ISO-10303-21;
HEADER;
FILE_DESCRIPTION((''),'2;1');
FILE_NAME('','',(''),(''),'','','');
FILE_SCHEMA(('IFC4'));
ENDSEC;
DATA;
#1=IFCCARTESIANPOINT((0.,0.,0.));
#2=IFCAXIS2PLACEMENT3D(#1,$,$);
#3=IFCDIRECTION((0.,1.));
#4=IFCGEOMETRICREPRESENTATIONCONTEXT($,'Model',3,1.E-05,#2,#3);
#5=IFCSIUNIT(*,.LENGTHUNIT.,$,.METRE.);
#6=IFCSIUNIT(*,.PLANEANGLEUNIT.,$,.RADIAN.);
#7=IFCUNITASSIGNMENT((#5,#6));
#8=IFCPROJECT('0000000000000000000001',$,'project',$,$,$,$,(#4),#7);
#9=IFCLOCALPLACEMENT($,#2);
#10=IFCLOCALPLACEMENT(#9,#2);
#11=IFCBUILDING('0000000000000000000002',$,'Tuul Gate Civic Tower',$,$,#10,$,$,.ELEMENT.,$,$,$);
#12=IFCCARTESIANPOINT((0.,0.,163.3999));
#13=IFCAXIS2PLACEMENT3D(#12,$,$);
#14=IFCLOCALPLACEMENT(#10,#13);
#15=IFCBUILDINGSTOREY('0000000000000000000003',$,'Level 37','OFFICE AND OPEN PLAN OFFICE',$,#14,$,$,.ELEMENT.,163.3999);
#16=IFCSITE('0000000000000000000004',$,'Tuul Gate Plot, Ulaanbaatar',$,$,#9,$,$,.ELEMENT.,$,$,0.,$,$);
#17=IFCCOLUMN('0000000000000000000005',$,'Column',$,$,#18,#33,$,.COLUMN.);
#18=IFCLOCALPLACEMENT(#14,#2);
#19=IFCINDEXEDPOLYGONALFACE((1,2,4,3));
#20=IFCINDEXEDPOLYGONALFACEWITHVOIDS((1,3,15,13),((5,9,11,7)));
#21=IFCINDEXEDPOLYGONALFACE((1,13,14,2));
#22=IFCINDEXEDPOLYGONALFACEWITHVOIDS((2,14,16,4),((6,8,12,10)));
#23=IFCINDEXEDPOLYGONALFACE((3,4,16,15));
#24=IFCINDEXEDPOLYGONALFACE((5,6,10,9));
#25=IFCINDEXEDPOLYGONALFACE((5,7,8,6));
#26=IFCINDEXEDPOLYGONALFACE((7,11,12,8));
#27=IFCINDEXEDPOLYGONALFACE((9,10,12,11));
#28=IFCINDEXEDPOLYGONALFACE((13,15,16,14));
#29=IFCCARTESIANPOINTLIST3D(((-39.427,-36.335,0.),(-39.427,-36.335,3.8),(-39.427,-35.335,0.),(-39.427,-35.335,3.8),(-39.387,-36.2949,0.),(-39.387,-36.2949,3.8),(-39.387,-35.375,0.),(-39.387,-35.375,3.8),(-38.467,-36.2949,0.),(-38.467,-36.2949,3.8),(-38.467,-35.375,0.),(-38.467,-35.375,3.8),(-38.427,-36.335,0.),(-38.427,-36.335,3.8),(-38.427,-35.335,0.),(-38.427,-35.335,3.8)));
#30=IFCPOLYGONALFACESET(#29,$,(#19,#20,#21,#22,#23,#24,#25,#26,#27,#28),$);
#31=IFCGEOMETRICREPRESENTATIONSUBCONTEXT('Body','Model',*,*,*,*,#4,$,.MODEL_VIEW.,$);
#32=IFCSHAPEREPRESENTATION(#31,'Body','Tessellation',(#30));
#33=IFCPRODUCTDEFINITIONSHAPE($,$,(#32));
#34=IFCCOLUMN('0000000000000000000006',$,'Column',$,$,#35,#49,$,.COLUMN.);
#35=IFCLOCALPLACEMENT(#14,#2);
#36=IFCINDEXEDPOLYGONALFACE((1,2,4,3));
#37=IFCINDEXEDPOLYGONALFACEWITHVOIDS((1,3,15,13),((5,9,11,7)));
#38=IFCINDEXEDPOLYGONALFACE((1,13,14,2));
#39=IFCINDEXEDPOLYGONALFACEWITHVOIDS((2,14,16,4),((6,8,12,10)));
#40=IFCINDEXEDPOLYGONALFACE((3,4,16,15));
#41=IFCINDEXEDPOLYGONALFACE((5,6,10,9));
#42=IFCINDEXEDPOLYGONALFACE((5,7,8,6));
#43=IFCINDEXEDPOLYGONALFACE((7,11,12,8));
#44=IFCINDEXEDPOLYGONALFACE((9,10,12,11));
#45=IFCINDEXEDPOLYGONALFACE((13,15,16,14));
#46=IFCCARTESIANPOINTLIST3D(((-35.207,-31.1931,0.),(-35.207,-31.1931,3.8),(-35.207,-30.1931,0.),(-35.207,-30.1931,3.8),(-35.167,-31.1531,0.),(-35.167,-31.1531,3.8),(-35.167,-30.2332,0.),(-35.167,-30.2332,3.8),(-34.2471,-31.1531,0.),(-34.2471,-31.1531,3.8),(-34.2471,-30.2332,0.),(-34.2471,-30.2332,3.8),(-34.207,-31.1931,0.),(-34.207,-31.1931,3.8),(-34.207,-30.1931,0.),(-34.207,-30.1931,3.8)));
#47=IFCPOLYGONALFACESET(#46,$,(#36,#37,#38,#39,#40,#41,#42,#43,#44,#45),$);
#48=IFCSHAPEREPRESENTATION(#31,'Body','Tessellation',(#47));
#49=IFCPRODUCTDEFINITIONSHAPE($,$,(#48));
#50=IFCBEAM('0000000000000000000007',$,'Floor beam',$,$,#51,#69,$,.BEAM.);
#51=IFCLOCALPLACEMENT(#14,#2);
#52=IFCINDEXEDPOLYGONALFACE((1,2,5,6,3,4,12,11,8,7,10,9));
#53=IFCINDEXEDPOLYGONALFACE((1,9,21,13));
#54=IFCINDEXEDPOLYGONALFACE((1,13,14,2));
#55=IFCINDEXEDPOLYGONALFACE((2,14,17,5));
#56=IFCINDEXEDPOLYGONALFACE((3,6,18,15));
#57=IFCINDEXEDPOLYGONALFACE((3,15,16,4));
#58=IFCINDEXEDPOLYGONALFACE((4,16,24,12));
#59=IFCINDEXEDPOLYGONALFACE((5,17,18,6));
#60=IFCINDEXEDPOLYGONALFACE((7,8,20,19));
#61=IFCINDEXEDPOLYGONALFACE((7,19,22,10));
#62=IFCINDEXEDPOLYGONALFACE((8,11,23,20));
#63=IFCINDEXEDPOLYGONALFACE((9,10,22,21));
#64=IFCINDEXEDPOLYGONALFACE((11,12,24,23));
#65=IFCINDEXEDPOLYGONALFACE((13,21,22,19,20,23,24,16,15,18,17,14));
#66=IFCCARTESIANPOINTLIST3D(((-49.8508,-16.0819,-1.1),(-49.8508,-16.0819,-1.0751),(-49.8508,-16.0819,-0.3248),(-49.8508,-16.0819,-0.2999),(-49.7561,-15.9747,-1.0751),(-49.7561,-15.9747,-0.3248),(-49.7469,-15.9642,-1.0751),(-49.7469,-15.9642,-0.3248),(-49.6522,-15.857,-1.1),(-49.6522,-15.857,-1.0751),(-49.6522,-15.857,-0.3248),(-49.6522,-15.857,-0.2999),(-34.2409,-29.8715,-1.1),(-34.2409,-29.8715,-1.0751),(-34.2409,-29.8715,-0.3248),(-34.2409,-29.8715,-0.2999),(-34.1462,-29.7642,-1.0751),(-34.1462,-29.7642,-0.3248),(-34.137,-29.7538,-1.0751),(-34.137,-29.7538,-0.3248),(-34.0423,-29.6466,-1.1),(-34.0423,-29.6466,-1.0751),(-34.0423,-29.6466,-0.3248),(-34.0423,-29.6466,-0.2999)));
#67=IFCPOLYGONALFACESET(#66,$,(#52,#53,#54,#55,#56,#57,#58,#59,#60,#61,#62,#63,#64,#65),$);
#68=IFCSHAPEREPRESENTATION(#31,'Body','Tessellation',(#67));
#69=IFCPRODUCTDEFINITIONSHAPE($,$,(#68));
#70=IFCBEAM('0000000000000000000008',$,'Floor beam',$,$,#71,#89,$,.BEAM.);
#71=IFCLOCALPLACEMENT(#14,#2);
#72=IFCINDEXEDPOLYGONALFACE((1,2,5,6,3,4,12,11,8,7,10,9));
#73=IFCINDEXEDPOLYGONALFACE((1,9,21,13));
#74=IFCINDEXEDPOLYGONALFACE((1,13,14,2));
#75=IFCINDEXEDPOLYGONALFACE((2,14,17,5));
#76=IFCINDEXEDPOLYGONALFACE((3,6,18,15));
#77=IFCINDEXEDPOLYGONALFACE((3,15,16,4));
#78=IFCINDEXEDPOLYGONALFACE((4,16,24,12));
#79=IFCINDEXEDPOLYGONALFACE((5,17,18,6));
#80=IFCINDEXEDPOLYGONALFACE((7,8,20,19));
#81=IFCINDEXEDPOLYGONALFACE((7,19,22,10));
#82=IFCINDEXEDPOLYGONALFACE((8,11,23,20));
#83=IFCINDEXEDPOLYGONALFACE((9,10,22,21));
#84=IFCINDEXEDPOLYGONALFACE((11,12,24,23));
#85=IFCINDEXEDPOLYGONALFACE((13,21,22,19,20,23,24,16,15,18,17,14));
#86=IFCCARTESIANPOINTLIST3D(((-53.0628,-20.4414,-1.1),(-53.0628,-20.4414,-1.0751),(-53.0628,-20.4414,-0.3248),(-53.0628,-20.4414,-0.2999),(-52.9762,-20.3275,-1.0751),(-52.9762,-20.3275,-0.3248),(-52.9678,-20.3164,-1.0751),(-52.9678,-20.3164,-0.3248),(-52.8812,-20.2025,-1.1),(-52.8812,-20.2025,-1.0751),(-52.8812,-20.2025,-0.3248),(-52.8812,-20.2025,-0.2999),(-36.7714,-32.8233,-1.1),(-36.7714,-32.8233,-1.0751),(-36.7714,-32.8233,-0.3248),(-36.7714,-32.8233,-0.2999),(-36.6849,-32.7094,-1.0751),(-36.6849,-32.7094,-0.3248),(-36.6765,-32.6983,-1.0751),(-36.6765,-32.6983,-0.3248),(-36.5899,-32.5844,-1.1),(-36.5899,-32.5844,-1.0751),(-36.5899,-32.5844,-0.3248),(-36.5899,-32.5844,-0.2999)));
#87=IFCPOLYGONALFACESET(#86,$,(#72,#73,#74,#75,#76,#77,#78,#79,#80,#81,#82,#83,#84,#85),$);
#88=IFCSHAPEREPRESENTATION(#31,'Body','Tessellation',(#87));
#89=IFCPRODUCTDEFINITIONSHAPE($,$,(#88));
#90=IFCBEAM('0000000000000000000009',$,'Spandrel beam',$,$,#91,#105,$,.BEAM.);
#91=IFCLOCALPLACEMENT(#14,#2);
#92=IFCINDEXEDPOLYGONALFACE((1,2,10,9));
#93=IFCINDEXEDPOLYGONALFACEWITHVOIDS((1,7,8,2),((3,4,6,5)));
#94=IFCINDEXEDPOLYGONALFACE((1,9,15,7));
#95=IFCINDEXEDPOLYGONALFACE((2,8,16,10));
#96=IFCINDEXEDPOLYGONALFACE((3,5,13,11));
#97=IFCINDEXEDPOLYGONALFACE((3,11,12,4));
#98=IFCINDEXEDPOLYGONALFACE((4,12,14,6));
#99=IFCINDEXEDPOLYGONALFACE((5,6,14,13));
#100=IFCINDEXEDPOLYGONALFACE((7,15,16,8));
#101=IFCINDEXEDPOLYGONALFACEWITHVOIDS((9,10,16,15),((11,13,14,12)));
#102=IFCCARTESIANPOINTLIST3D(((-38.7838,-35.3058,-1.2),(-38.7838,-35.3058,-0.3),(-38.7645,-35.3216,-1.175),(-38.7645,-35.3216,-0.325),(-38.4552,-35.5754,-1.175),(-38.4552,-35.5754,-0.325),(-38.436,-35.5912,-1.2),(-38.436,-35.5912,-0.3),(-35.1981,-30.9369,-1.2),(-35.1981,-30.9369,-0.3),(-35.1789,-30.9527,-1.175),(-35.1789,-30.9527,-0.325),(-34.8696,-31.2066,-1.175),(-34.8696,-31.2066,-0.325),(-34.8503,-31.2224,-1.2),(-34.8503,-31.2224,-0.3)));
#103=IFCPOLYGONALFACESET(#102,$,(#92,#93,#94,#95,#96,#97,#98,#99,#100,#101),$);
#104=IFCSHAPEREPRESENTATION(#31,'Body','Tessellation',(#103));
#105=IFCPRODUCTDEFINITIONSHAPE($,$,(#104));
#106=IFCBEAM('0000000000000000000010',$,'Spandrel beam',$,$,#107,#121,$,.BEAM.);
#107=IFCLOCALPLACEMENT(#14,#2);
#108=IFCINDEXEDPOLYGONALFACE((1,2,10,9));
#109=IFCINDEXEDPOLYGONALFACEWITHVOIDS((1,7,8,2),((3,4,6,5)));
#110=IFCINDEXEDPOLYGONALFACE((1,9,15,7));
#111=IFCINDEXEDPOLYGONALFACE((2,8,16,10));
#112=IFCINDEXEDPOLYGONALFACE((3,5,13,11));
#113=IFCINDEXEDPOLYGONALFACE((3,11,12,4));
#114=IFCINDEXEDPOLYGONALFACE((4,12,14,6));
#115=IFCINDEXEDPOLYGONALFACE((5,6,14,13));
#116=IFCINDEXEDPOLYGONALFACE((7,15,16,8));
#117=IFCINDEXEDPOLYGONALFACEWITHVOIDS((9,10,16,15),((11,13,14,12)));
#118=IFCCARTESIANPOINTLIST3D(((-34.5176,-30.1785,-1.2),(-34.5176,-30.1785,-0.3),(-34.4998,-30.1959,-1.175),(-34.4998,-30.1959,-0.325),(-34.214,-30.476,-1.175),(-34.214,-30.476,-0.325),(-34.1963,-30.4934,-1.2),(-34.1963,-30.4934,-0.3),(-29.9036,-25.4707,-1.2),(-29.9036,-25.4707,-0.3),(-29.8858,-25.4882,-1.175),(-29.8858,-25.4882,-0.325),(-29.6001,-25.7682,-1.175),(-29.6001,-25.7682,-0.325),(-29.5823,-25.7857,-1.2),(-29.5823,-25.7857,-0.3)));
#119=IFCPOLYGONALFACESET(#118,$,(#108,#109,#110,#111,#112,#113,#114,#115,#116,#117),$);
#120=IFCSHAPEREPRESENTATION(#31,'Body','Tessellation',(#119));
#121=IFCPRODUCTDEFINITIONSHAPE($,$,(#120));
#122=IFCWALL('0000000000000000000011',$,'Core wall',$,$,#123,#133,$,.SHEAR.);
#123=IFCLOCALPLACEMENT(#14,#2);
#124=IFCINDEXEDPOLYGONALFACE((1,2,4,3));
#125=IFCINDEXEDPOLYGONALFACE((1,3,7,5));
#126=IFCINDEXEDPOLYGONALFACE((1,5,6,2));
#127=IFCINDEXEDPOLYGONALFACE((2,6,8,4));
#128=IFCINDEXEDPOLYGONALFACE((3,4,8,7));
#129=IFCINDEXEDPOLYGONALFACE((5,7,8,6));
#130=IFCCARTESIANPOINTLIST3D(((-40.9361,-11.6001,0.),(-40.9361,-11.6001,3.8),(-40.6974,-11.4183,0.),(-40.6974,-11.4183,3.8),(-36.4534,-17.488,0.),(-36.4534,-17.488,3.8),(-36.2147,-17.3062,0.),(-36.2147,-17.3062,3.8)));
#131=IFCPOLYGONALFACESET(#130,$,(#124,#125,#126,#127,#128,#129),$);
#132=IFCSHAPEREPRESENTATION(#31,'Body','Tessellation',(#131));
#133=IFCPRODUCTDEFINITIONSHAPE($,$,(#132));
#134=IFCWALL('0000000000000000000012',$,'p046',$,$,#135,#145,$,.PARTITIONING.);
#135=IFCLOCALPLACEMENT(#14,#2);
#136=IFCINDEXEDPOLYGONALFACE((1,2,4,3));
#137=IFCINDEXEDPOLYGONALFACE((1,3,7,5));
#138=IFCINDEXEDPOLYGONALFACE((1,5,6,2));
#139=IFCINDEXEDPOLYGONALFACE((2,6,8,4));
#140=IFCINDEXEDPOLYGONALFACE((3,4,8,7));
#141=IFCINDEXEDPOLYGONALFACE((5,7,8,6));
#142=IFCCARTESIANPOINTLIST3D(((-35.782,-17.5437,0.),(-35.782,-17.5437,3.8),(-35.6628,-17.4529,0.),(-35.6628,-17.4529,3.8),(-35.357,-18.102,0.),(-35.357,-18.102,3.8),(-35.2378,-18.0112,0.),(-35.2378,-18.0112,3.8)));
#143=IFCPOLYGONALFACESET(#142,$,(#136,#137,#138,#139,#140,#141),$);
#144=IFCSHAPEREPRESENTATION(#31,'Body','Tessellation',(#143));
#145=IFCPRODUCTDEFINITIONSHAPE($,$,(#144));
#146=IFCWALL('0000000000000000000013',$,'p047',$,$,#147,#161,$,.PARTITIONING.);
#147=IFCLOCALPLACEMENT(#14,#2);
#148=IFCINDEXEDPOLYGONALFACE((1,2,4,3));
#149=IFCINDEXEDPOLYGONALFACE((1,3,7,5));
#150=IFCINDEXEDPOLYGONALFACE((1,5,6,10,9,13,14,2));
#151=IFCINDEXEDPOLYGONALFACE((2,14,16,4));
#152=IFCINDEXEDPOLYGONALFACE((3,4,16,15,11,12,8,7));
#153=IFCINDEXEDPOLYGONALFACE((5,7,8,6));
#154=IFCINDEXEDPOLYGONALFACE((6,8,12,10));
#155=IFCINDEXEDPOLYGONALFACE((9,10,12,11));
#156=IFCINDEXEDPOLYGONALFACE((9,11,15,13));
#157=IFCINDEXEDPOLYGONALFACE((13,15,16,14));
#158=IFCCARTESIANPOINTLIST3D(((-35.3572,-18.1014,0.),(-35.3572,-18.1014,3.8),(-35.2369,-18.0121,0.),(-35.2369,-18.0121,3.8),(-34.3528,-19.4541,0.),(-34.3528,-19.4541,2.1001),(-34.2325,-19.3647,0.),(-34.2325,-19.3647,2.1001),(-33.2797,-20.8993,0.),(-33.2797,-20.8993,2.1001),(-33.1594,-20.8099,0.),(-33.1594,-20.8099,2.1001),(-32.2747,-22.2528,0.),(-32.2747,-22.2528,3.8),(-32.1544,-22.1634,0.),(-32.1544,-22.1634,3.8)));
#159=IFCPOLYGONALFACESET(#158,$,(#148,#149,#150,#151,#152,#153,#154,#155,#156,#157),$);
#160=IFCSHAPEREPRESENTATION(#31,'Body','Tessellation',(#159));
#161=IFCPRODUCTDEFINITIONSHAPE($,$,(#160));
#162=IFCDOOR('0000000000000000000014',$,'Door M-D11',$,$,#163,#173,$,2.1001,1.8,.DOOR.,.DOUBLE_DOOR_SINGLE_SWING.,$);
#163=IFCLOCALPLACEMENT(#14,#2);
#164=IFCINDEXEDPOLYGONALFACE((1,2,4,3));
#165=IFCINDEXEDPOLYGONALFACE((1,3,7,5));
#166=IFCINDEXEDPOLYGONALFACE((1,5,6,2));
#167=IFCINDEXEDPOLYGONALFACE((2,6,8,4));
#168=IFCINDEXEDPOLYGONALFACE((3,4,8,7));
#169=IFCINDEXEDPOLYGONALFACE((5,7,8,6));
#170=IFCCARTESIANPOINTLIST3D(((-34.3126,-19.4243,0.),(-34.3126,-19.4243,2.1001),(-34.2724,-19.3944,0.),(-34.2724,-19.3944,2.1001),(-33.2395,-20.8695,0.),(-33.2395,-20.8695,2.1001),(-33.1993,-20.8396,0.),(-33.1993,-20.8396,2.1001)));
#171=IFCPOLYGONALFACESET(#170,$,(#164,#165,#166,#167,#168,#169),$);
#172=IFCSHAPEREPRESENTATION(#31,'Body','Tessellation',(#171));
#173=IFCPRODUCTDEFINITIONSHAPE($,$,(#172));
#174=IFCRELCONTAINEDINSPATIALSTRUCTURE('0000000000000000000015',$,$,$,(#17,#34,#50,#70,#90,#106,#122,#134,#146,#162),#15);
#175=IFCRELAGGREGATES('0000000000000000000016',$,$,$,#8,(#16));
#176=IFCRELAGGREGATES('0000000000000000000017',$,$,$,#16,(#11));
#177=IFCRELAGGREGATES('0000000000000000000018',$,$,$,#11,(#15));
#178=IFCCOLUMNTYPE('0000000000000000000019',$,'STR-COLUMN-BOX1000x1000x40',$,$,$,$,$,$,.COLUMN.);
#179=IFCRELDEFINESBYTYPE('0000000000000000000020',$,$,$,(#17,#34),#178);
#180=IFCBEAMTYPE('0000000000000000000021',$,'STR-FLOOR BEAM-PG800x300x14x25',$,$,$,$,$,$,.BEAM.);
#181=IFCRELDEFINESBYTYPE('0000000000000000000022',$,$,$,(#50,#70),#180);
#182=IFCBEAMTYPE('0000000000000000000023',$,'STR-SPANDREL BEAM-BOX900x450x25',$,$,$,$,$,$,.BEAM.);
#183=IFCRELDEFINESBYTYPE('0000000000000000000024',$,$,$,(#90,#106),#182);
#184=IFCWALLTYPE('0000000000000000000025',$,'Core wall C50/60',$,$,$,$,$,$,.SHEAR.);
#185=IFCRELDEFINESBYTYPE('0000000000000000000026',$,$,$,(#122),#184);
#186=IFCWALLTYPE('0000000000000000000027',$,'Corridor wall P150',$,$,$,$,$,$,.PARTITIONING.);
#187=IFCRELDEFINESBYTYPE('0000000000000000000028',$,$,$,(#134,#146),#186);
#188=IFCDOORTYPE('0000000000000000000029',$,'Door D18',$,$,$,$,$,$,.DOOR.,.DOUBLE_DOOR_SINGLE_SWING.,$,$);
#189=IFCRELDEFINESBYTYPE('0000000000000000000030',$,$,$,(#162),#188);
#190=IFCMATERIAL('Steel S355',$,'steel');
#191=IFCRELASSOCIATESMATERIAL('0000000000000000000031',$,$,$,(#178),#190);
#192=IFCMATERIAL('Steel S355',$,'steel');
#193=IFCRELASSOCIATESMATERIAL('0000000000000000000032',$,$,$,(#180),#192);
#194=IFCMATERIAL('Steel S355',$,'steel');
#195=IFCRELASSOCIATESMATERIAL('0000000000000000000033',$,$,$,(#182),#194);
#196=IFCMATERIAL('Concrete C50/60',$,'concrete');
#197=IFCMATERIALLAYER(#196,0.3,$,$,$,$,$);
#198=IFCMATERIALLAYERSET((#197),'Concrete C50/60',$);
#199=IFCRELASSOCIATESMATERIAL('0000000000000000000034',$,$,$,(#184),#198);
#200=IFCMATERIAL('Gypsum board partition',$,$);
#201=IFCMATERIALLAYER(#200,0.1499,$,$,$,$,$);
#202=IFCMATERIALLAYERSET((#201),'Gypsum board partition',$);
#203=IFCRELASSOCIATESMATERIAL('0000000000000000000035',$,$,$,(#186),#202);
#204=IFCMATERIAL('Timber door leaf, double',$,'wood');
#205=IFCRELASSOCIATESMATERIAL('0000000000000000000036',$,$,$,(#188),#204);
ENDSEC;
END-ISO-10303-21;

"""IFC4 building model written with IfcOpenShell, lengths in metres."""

from ifc_helpers import new_model, si_unit, direction, frame, frame_2d, origin, origin_2d, place, context, subcontext, project, spatial, rectangle, hollow_rectangle, i_section, extrude, material, layer, layer_set, material_profile, profile_set, type_object, element, fill, save


model = new_model("IFC4")

# Units and contexts
model_context = context("Model", 3, precision=1e-05, world=origin(), true_north=direction((0.0, 1.0)))
body_context = subcontext(model_context, "Body", "Model", "MODEL_VIEW")
ifc_project = project(units=[si_unit("LENGTHUNIT", "METRE"), si_unit("PLANEANGLEUNIT", "RADIAN")], contexts=[model_context])

# Site, building, storey
site_placement = place(None, origin())
site = spatial("IfcSite", under=ifc_project, at=site_placement, Name="Tuul Gate Plot, Ulaanbaatar", CompositionType="ELEMENT", RefElevation=0.0)
building_placement = place(site_placement, origin())
building = spatial("IfcBuilding", under=site, at=building_placement, Name="Tuul Gate Civic Tower", CompositionType="ELEMENT")
storey_placement = place(building_placement, frame((0.0, 0.0, 163.3999)))
storey = spatial("IfcBuildingStorey", under=building, at=storey_placement, Name="Level 37", Description="OFFICE AND OPEN PLAN OFFICE", CompositionType="ELEMENT", Elevation=163.3999)

# Columns
ifc_material_1 = material(Name="Steel S355", Category="steel")
ifc_material_profile_1 = material_profile(ifc_material_1, hollow_rectangle(XDim=1.0, YDim=1.0, WallThickness=0.04, at=origin_2d()), Name="BOX1000x1000x40")
ifc_profile_set_1 = profile_set([ifc_material_profile_1], Name="Steel S355")
column_type = type_object("IfcColumnType", Name="STR-COLUMN-BOX1000x1000x40", PredefinedType="COLUMN", material=ifc_profile_set_1)
for number, where, z_axis, x_axis, name in (
    (1, (-38.927, -35.835, 0.0), (0.0, 0.0, 1.0), (1.0, 0.0, 0.0), "Column"),
    (2, (-34.707, -30.6931, 0.0), (0.0, 0.0, 1.0), (1.0, 0.0, 0.0), "Column"),
):
    element("IfcColumn", number, at=place(storey_placement, frame(where, z_axis=z_axis, x_axis=x_axis)), inside=storey, type_object=column_type, Name=name, PredefinedType="COLUMN", context=body_context, shape_type="SweptSolid", body=[
        extrude(hollow_rectangle(XDim=1.0, YDim=1.0, WallThickness=0.04, at=origin_2d()), origin(), (0.0, 0.0, 1.0), 3.8),
    ])

# Beams
ifc_material_2 = material(Name="Steel S355", Category="steel")
ifc_material_profile_2 = material_profile(ifc_material_2, i_section(OverallWidth=0.3, OverallDepth=0.8, WebThickness=0.0139, FlangeThickness=0.0249, at=origin_2d()), Name="PG800x300x14x25")
ifc_profile_set_2 = profile_set([ifc_material_profile_2], Name="Steel S355")
beam_type_1 = type_object("IfcBeamType", Name="STR-FLOOR BEAM-PG800x300x14x25", PredefinedType="BEAM", material=ifc_profile_set_2)
beam_1_placement = place(storey_placement, frame((-34.1416, -29.759, -0.7), z_axis=(-0.749453, 0.662057, 0.0), x_axis=(-0.662057, -0.749453, 0.0)))
element("IfcBeam", 3, at=beam_1_placement, inside=storey, type_object=beam_type_1, Name="Floor beam", PredefinedType="BEAM", context=body_context, shape_type="SweptSolid", body=[
    extrude(i_section(OverallWidth=0.3, OverallDepth=0.8, WebThickness=0.0139, FlangeThickness=0.0249, at=origin_2d()), origin(), (0.0, 0.0, 1.0), 20.8284),
])
beam_2_placement = place(storey_placement, frame((-36.6807, -32.7039, -0.7), z_axis=(-0.796151, 0.605098, 0.0), x_axis=(-0.605098, -0.796151, 0.0)))
element("IfcBeam", 4, at=beam_2_placement, inside=storey, type_object=beam_type_1, Name="Floor beam", PredefinedType="BEAM", context=body_context, shape_type="SweptSolid", body=[
    extrude(i_section(OverallWidth=0.3, OverallDepth=0.8, WebThickness=0.0139, FlangeThickness=0.0249, at=origin_2d()), origin(), (0.0, 0.0, 1.0), 20.4626),
])
ifc_material_3 = material(Name="Steel S355", Category="steel")
ifc_material_profile_3 = material_profile(ifc_material_3, hollow_rectangle(XDim=0.45, YDim=0.8999, WallThickness=0.0249, at=origin_2d()), Name="BOX900x450x25")
ifc_profile_set_3 = profile_set([ifc_material_profile_3], Name="Steel S355")
beam_type_2 = type_object("IfcBeamType", Name="STR-SPANDREL BEAM-BOX900x450x25", PredefinedType="BEAM", material=ifc_profile_set_3)
beam_3_placement = place(storey_placement, frame((-38.6099, -35.4485, -0.75), z_axis=(0.634418, 0.77299, 0.0), x_axis=(-0.77299, 0.634418, 0.0)))
element("IfcBeam", 5, at=beam_3_placement, inside=storey, type_object=beam_type_2, Name="Spandrel beam", PredefinedType="BEAM", context=body_context, shape_type="SweptSolid", body=[
    extrude(hollow_rectangle(XDim=0.45, YDim=0.8999, WallThickness=0.0249, at=origin_2d()), origin(), (0.0, 0.0, 1.0), 5.6519),
])
beam_4_placement = place(storey_placement, frame((-34.3569, -30.3359, -0.75), z_axis=(0.69996, 0.714182, 0.0), x_axis=(-0.714182, 0.69996, 0.0)))
element("IfcBeam", 6, at=beam_4_placement, inside=storey, type_object=beam_type_2, Name="Spandrel beam", PredefinedType="BEAM", context=body_context, shape_type="SweptSolid", body=[
    extrude(hollow_rectangle(XDim=0.45, YDim=0.8999, WallThickness=0.0249, at=origin_2d()), origin(), (0.0, 0.0, 1.0), 6.5918),
])

# Walls
ifc_material_4 = material(Name="Concrete C50/60", Category="concrete")
ifc_layer_1 = layer(ifc_material_4, 0.3)
ifc_layer_set_1 = layer_set([ifc_layer_1], Name="Concrete C50/60")
wall_type_1 = type_object("IfcWallType", Name="Core wall C50/60", PredefinedType="SHEAR", material=ifc_layer_set_1)
wall_1_placement = place(storey_placement, frame((-36.334, -17.3972, 0.0), z_axis=(0.0, 0.0, 1.0), x_axis=(-0.605754, 0.795652, 0.0)))
element("IfcWall", 7, at=wall_1_placement, inside=storey, type_object=wall_type_1, Name="Core wall", PredefinedType="SHEAR", context=body_context, shape_type="SweptSolid", body=[
    extrude(rectangle(XDim=7.4001, YDim=0.3, at=frame_2d((3.7002, 0.0))), origin(), (0.0, 0.0, 1.0), 3.8),
])
ifc_material_5 = material(Name="Gypsum board partition")
ifc_layer_2 = layer(ifc_material_5, 0.1499)
ifc_layer_set_2 = layer_set([ifc_layer_2], Name="Gypsum board partition")
wall_type_2 = type_object("IfcWallType", Name="Corridor wall P150", PredefinedType="PARTITIONING", material=ifc_layer_set_2)
wall_2_placement = place(storey_placement, frame((-35.7224, -17.4983, 0.0), z_axis=(0.0, 0.0, 1.0), x_axis=(0.605718, -0.795679, 0.0)))
element("IfcWall", 8, at=wall_2_placement, inside=storey, type_object=wall_type_2, Name="p046", PredefinedType="PARTITIONING", context=body_context, shape_type="SweptSolid", body=[
    extrude(rectangle(XDim=0.7017, YDim=0.1499, at=frame_2d((0.3508, 0.0))), origin(), (0.0, 0.0, 1.0), 3.8),
])

# Wall, opening, door
wall_3_placement = place(storey_placement, frame((-35.2971, -18.0566, 0.0), z_axis=(0.0, 0.0, 1.0), x_axis=(0.596155, -0.802869, 0.0)))
wall_3 = element("IfcWall", 9, at=wall_3_placement, inside=storey, type_object=wall_type_2, Name="p047", PredefinedType="PARTITIONING", context=body_context, shape_type="SweptSolid", body=[
    extrude(rectangle(XDim=5.1707, YDim=0.1499, at=frame_2d((2.5854, 0.0))), origin(), (0.0, 0.0, 1.0), 3.8),
])
opening_1_placement = place(wall_3_placement, frame((1.6851, 0.0, 0.0)))
opening_1 = element("IfcOpeningElement", 10, at=opening_1_placement, cuts=wall_3, PredefinedType="OPENING", context=body_context, shape_type="SweptSolid", body=[
    extrude(rectangle(XDim=1.8, YDim=2.1001, at=frame_2d((0.8999, 1.05))), frame((0.0, 0.085, 0.0), z_axis=(0.0, -1.0, 0.0), x_axis=(1.0, 0.0, 0.0)), (0.0, 0.0, 1.0), 0.1699),
])
ifc_material_6 = material(Name="Timber door leaf, double", Category="wood")
door_type_1 = type_object("IfcDoorType", Name="Door D18", OperationType="DOUBLE_DOOR_SINGLE_SWING", PredefinedType="DOOR", material=ifc_material_6)
door_1_placement = place(opening_1_placement, frame((1.8, 0.0, 0.0), z_axis=(0.0, 0.0, 1.0), x_axis=(-1.0, 0.0, 0.0)))
door_1 = element("IfcDoor", 11, at=door_1_placement, inside=storey, type_object=door_type_1, Name="Door M-D11", OperationType="DOUBLE_DOOR_SINGLE_SWING", OverallHeight=2.1001, OverallWidth=1.8, PredefinedType="DOOR", context=body_context, shape_type="SweptSolid", body=[
    extrude(rectangle(XDim=1.8, YDim=2.1001, at=frame_2d((0.9001, 1.05))), frame((0.0, 0.0249, 0.0), z_axis=(0.0, -1.0, 0.0), x_axis=(1.0, 0.0, 0.0)), (0.0, 0.0, 1.0), 0.05),
])
fill(opening_1, door_1)

save(model, "model.ifc")
